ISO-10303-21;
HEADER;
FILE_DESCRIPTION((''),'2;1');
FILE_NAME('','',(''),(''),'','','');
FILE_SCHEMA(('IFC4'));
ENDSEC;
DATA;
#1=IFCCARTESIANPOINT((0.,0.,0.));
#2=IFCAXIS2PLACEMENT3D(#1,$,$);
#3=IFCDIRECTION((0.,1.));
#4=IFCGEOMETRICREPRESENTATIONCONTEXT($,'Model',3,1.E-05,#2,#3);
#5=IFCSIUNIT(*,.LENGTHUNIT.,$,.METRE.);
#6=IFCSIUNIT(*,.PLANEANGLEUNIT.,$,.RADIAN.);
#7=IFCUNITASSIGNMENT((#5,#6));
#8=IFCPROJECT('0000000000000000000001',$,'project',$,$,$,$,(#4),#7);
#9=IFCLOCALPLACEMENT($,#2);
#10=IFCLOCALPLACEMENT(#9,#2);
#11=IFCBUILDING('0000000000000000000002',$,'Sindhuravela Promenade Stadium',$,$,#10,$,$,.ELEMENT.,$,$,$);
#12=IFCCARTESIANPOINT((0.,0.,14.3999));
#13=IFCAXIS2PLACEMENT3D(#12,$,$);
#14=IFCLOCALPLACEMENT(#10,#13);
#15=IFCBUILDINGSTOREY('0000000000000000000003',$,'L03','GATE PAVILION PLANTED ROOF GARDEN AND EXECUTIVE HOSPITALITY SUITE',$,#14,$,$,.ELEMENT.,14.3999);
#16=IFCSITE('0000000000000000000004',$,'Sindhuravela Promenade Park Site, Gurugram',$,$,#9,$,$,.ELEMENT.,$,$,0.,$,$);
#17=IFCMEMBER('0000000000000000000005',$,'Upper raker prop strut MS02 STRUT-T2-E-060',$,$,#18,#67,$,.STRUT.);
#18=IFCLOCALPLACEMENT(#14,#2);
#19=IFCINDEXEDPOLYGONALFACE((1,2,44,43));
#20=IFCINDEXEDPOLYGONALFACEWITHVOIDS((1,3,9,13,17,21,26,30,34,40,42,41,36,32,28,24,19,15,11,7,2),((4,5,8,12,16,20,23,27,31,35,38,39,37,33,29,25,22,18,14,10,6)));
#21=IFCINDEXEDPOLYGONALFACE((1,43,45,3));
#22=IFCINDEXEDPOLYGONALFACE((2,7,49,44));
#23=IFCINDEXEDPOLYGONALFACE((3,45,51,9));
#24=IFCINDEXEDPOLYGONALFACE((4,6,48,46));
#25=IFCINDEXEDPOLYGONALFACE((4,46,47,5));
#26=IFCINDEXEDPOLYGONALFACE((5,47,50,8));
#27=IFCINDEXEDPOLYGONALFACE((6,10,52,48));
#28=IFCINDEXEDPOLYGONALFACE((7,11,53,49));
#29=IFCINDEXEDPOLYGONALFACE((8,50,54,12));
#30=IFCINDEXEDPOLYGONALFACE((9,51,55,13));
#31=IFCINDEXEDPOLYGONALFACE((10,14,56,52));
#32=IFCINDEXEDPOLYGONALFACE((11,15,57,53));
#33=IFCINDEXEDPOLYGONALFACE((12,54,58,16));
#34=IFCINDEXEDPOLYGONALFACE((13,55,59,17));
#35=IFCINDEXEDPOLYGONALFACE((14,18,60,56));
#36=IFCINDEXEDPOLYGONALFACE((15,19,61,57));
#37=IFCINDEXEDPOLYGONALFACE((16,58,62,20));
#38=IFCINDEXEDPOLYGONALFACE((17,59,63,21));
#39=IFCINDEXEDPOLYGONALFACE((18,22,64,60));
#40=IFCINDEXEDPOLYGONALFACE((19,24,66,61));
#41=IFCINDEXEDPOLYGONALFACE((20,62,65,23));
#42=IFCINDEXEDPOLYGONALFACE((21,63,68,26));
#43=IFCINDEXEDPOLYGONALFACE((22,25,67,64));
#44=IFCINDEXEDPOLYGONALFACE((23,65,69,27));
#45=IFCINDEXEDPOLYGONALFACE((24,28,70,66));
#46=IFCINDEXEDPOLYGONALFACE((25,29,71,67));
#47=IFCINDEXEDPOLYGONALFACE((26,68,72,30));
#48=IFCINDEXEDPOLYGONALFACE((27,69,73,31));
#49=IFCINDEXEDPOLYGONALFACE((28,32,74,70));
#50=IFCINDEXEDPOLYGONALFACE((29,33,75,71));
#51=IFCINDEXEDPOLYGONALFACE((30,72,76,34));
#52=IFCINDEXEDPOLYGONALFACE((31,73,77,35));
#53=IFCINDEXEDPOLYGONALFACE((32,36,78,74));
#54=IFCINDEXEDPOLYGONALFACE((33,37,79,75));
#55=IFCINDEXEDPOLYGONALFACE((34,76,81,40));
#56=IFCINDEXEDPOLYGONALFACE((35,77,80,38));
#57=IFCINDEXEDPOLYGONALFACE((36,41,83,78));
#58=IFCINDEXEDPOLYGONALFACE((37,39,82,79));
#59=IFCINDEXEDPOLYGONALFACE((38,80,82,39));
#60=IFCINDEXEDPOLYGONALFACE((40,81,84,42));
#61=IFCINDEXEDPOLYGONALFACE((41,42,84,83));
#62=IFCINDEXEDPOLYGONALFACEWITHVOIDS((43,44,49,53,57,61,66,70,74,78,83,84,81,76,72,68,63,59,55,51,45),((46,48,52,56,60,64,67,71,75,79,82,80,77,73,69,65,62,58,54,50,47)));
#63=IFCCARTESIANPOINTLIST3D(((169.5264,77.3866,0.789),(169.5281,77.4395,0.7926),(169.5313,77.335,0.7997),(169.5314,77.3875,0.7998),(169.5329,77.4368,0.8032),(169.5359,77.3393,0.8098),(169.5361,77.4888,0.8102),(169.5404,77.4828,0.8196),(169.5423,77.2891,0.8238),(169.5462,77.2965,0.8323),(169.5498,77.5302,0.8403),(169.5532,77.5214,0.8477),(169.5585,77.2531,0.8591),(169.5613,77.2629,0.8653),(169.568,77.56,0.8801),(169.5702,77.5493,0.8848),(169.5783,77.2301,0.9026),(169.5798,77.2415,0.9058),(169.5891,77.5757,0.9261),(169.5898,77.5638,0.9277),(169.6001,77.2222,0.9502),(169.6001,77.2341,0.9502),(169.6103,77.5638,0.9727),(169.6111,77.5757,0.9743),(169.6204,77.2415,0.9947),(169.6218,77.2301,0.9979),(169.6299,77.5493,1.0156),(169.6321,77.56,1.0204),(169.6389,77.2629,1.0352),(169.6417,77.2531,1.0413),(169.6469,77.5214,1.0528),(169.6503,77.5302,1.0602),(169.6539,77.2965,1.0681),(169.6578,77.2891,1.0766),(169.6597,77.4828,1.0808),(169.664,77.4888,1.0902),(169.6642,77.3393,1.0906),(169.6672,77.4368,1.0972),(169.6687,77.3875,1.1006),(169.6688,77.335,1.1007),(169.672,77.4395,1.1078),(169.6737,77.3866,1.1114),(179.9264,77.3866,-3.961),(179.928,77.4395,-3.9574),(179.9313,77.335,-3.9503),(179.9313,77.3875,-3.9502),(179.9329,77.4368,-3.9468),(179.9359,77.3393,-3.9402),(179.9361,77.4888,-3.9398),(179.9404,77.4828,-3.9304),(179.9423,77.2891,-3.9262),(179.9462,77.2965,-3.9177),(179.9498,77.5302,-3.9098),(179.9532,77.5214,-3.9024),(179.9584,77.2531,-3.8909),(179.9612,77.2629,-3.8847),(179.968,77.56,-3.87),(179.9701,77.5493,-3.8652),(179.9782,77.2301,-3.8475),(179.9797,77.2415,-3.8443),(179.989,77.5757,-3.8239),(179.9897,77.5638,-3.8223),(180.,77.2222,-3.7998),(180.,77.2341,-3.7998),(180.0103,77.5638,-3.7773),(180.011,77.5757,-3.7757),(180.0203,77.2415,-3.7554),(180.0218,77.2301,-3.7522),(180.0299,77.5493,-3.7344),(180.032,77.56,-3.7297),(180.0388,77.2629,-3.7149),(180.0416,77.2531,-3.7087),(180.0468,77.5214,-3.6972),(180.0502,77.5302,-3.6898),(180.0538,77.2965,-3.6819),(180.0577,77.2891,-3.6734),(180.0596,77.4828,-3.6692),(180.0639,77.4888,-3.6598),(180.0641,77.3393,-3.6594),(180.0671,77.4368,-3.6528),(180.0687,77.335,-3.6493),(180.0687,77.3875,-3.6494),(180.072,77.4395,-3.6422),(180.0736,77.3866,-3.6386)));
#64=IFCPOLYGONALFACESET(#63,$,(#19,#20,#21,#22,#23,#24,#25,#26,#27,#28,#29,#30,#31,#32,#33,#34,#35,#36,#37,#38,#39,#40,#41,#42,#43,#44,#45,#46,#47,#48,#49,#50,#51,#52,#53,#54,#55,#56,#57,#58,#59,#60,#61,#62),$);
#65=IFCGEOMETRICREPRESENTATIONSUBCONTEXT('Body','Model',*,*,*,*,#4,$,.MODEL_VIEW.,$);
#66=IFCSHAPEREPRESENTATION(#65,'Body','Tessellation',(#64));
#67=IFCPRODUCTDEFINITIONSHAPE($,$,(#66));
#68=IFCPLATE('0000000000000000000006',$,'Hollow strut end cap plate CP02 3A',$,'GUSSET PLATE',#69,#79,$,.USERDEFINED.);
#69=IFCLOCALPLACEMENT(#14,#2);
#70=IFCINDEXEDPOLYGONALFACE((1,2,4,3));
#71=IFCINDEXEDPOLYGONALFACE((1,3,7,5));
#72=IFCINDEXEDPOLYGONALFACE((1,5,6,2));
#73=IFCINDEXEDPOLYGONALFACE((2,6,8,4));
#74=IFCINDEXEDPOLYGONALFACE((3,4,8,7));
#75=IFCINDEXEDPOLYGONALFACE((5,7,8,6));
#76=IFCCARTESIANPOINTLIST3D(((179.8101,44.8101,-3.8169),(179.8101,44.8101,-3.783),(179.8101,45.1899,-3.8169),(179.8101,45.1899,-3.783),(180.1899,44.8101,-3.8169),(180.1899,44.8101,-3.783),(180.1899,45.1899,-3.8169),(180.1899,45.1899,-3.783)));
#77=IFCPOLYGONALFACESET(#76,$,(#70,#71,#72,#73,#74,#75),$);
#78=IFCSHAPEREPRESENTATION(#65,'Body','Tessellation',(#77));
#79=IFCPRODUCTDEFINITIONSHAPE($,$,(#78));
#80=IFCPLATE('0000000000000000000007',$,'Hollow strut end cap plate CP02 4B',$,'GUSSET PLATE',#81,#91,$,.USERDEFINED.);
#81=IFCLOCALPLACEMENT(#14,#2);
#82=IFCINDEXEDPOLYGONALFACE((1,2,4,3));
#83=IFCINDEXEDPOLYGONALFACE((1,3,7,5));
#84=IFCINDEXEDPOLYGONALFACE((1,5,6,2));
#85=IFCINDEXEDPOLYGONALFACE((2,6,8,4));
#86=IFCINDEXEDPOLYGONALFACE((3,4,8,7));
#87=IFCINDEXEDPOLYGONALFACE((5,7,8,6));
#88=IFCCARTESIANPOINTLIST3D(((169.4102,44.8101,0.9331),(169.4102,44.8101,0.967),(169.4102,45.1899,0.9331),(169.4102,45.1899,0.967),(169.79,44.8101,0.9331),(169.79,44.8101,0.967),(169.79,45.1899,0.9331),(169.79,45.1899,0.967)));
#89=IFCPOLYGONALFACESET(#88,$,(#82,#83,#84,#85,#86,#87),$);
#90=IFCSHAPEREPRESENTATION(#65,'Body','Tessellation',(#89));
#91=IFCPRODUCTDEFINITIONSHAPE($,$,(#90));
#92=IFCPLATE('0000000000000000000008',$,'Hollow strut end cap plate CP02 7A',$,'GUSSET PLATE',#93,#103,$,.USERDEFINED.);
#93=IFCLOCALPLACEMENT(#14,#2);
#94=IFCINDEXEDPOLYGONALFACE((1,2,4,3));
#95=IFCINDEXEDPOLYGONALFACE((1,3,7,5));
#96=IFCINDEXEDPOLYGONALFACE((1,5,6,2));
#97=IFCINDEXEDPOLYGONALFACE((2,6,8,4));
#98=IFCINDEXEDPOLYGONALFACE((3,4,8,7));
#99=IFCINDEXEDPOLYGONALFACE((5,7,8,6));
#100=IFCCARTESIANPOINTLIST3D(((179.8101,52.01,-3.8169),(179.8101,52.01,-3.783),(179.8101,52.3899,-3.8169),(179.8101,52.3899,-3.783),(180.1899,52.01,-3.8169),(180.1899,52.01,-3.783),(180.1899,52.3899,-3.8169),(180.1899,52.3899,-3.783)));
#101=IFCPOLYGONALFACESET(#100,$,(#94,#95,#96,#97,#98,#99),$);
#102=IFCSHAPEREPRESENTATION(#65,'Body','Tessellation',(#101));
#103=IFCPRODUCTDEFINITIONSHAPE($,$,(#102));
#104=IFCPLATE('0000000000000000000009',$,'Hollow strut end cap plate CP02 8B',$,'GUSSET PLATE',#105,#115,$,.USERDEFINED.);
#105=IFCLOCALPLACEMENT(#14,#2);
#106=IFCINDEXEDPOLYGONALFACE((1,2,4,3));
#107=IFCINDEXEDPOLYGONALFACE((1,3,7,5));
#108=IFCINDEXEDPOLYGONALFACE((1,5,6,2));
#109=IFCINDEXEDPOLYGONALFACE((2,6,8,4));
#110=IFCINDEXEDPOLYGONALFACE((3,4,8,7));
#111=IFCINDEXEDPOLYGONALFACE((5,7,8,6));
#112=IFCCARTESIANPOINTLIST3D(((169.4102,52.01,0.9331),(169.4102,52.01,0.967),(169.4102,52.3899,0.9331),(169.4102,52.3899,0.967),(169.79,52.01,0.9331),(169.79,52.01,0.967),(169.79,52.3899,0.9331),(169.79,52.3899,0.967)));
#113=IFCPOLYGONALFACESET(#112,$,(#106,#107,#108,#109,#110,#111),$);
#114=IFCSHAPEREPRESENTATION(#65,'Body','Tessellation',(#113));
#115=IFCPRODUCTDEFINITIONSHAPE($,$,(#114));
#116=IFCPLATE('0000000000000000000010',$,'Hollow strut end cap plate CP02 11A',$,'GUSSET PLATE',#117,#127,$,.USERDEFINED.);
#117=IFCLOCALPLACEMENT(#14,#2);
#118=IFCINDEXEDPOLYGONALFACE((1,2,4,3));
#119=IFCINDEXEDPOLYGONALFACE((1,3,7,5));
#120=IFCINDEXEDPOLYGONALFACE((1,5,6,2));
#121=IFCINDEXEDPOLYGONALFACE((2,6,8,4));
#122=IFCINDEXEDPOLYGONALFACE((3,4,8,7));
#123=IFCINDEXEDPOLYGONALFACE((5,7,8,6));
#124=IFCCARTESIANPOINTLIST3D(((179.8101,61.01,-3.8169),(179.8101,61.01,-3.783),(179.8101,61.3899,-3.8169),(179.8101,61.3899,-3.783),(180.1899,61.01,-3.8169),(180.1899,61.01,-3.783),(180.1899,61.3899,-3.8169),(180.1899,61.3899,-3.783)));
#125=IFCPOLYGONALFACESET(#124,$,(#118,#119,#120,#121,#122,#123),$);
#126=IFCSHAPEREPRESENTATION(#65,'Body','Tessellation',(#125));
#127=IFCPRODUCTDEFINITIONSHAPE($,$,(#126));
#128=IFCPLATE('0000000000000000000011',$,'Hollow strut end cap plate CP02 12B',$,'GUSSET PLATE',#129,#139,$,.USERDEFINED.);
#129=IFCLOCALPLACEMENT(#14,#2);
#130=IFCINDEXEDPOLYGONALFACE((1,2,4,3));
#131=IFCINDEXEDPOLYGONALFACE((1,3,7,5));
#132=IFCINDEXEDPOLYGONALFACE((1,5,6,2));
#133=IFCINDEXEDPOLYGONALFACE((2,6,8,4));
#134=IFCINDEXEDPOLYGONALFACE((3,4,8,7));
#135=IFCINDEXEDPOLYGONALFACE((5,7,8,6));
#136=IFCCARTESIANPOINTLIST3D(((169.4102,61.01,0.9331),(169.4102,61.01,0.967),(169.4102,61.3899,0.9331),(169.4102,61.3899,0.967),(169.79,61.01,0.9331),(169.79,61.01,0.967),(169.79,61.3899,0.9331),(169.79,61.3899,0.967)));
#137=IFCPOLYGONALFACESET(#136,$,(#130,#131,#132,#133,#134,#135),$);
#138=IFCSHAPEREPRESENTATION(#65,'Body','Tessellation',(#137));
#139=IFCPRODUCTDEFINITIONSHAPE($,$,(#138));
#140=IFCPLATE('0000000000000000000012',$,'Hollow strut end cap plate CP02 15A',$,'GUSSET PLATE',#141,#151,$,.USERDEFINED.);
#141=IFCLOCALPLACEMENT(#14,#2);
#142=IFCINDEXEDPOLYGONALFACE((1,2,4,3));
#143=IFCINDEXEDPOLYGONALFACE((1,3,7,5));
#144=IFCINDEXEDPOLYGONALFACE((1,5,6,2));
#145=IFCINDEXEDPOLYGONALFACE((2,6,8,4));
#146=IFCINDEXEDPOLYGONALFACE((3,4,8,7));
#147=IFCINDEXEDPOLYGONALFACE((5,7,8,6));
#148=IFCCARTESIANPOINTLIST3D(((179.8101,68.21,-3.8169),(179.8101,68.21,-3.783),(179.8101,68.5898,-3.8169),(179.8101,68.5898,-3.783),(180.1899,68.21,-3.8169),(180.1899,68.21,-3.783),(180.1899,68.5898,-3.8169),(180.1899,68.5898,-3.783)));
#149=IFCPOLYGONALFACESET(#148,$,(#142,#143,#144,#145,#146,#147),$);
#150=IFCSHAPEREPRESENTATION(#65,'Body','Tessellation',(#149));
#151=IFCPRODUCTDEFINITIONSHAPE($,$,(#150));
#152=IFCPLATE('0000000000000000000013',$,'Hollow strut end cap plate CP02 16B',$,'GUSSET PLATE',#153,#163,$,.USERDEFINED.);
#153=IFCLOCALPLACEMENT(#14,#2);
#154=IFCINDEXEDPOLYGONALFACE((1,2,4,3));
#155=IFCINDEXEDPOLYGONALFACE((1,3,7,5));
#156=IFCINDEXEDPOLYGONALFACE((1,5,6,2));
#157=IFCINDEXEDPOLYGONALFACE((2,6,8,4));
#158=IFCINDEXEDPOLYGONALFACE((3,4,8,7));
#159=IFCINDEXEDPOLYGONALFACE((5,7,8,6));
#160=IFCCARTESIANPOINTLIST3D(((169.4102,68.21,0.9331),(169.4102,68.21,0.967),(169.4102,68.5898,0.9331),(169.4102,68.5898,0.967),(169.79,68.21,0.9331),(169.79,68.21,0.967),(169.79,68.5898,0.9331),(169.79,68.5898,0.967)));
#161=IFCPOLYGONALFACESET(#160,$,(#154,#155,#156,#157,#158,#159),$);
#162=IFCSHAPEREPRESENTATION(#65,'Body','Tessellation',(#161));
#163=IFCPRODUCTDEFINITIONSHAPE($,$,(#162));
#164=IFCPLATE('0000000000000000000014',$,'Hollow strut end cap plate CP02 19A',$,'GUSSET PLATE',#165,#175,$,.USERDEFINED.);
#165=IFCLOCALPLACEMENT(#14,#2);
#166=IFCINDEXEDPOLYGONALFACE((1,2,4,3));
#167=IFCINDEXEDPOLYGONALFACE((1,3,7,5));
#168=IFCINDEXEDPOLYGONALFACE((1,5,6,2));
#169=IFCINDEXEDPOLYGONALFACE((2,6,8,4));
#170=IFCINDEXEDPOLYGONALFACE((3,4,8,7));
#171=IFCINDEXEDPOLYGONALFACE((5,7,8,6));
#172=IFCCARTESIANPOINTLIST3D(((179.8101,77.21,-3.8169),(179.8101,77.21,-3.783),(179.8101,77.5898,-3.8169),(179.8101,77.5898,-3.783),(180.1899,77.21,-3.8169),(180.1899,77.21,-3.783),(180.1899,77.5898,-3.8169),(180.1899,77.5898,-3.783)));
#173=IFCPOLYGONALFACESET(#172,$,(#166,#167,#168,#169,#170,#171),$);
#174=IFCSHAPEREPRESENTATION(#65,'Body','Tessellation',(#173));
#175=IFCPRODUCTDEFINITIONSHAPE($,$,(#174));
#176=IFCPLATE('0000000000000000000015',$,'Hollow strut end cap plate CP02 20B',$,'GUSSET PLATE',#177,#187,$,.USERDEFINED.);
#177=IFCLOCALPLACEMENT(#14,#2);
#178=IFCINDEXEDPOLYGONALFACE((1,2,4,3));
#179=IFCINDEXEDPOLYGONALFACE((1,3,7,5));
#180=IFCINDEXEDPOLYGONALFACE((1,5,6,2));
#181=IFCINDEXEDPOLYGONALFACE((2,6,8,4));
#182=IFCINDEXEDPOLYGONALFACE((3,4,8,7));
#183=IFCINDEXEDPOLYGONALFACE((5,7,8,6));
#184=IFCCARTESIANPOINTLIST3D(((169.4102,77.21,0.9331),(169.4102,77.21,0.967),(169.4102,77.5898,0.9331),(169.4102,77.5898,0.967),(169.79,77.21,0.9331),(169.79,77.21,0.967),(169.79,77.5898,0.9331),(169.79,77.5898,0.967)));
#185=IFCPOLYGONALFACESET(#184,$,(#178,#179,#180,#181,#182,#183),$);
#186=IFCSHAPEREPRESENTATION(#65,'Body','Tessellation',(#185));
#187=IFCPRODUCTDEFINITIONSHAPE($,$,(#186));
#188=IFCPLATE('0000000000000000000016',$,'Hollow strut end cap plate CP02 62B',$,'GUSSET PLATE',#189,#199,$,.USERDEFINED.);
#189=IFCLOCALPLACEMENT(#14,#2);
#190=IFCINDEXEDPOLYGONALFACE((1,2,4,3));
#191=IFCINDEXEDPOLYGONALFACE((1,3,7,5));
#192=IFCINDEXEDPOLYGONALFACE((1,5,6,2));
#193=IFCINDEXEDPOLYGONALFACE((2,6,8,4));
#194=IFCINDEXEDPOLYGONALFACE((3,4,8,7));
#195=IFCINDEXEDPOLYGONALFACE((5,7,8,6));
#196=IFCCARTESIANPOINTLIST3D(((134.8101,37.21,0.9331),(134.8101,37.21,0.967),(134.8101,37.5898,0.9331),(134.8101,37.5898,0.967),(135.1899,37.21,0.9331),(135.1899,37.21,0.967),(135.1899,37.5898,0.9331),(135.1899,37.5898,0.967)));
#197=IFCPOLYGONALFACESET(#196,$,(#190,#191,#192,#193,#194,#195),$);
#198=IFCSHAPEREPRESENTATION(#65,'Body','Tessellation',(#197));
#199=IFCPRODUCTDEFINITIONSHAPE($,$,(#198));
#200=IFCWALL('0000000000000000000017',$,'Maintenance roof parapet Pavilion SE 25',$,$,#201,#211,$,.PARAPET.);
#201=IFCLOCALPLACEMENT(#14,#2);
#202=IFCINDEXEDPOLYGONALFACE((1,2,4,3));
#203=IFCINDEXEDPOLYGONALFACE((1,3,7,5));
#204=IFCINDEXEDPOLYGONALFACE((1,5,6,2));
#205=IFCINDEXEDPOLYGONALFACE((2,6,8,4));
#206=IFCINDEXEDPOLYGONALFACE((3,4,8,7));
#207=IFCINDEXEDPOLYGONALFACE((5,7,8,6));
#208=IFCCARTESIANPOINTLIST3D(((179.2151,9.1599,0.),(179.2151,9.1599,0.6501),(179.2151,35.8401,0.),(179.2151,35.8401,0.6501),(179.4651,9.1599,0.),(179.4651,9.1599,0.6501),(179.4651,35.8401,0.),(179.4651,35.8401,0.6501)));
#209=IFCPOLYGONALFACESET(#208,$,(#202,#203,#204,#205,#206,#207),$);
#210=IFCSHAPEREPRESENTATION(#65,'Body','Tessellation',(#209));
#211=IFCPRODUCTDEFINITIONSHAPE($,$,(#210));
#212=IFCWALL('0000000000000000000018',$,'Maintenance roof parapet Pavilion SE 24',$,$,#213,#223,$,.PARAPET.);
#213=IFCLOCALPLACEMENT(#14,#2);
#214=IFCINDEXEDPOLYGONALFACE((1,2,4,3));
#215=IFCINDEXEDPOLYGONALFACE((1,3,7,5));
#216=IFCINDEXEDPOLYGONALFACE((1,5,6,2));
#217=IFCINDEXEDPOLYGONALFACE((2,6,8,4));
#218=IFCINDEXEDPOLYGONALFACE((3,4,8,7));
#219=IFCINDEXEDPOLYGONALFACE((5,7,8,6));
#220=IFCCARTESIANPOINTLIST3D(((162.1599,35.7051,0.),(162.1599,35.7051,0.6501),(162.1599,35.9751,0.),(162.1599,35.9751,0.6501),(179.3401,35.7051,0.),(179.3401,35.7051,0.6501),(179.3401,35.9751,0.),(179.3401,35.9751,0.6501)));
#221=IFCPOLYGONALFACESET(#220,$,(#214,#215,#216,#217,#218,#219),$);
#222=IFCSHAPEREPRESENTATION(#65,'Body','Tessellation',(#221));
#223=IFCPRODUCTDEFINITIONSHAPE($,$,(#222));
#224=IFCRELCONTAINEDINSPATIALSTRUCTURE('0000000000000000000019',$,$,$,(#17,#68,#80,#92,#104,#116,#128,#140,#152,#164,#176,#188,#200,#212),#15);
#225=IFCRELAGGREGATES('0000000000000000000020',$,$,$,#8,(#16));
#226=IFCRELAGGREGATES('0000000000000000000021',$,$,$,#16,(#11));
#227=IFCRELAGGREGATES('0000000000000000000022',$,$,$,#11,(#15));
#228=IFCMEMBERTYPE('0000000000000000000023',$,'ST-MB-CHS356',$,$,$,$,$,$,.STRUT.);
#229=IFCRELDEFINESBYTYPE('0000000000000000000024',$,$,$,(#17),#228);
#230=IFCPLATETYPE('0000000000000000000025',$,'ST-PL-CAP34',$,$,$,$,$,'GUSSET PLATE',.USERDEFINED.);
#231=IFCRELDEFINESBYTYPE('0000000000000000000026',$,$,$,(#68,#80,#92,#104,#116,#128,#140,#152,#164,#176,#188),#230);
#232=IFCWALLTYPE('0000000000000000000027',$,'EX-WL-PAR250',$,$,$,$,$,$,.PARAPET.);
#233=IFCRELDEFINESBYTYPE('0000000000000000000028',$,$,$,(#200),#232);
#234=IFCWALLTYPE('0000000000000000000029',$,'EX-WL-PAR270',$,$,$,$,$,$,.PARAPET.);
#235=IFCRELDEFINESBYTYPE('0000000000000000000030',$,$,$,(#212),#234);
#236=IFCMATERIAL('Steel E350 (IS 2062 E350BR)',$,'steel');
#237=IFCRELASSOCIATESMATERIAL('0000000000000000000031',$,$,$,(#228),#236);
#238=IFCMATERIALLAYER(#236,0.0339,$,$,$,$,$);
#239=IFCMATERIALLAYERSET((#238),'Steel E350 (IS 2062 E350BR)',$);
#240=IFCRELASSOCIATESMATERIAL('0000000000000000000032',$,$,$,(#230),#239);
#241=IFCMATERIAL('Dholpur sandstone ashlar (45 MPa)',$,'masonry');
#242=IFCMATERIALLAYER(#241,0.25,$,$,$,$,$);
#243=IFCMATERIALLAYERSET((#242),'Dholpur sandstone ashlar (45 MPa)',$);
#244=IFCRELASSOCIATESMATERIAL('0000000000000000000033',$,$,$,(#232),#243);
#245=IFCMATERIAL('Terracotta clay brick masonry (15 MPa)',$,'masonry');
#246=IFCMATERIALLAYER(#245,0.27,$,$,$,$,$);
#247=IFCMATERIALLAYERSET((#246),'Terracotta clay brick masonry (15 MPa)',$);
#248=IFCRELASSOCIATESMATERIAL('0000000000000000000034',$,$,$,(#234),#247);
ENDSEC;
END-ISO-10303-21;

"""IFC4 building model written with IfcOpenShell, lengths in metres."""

from ifc_helpers import new_model, si_unit, direction, frame, frame_2d, origin, origin_2d, place, context, subcontext, project, spatial, rectangle, hollow_circle, extrude, material, layer, layer_set, material_profile, profile_set, type_object, element, save


model = new_model("IFC4")

# Units and contexts
model_context = context("Model", 3, precision=1e-05, world=origin(), true_north=direction((0.0, 1.0)))
body_context = subcontext(model_context, "Body", "Model", "MODEL_VIEW")
ifc_project = project(units=[si_unit("LENGTHUNIT", "METRE"), si_unit("PLANEANGLEUNIT", "RADIAN")], contexts=[model_context])

# Site, building, storey
site_placement = place(None, origin())
site = spatial("IfcSite", under=ifc_project, at=site_placement, Name="Sindhuravela Promenade Park Site, Gurugram", CompositionType="ELEMENT", RefElevation=0.0)
building_placement = place(site_placement, origin())
building = spatial("IfcBuilding", under=site, at=building_placement, Name="Sindhuravela Promenade Stadium", CompositionType="ELEMENT")
storey_placement = place(building_placement, frame((0.0, 0.0, 14.3999)))
storey = spatial("IfcBuildingStorey", under=building, at=storey_placement, Name="L03", Description="GATE PAVILION PLANTED ROOF GARDEN AND EXECUTIVE HOSPITALITY SUITE", CompositionType="ELEMENT", Elevation=14.3999)

# Member
ifc_material_1 = material(Name="Steel E350 (IS 2062 E350BR)", Category="steel")
ifc_material_profile_1 = material_profile(ifc_material_1, hollow_circle(Radius=0.1777, WallThickness=0.012, at=origin_2d()), Name="CHS 355.6x12")
ifc_profile_set_1 = profile_set([ifc_material_profile_1], Name="Steel E350 (IS 2062 E350BR)")
member_type = type_object("IfcMemberType", Name="ST-MB-CHS356", PredefinedType="STRUT", material=ifc_profile_set_1)
for number, where, z_axis, x_axis, name in (
    (1, (180.0, 77.3999, -3.7998), (-0.909615, 0.0, 0.415453), (0.0, -1.0, 0.0), "Upper raker prop strut MS02 STRUT-T2-E-060"),
):
    element("IfcMember", number, at=place(storey_placement, frame(where, z_axis=z_axis, x_axis=x_axis)), inside=storey, type_object=member_type, Name=name, PredefinedType="STRUT", context=body_context, shape_type="SweptSolid", body=[
        extrude(hollow_circle(Radius=0.1777, WallThickness=0.012, at=origin_2d()), origin(), (0.0, 0.0, 1.0), 11.4333),
    ])

# Plates
ifc_layer_1 = layer(ifc_material_1, 0.0339)
ifc_layer_set_1 = layer_set([ifc_layer_1], Name="Steel E350 (IS 2062 E350BR)")
plate_type = type_object("IfcPlateType", Name="ST-PL-CAP34", ElementType="GUSSET PLATE", PredefinedType="USERDEFINED", material=ifc_layer_set_1)
for number, where, z_axis, x_axis, name in (
    (2, (180.0, 45.0, -3.8169), (0.0, 0.0, 1.0), (1.0, 0.0, 0.0), "Hollow strut end cap plate CP02 3A"),
    (3, (169.6001, 45.0, 0.9331), (0.0, 0.0, 1.0), (1.0, 0.0, 0.0), "Hollow strut end cap plate CP02 4B"),
    (4, (180.0, 52.2, -3.8169), (0.0, 0.0, 1.0), (1.0, 0.0, 0.0), "Hollow strut end cap plate CP02 7A"),
    (5, (169.6001, 52.2, 0.9331), (0.0, 0.0, 1.0), (1.0, 0.0, 0.0), "Hollow strut end cap plate CP02 8B"),
    (6, (180.0, 61.2, -3.8169), (0.0, 0.0, 1.0), (1.0, 0.0, 0.0), "Hollow strut end cap plate CP02 11A"),
    (7, (169.6001, 61.2, 0.9331), (0.0, 0.0, 1.0), (1.0, 0.0, 0.0), "Hollow strut end cap plate CP02 12B"),
    (8, (180.0, 68.3999, -3.8169), (0.0, 0.0, 1.0), (1.0, 0.0, 0.0), "Hollow strut end cap plate CP02 15A"),
    (9, (169.6001, 68.3999, 0.9331), (0.0, 0.0, 1.0), (1.0, 0.0, 0.0), "Hollow strut end cap plate CP02 16B"),
    (10, (180.0, 77.3999, -3.8169), (0.0, 0.0, 1.0), (1.0, 0.0, 0.0), "Hollow strut end cap plate CP02 19A"),
    (11, (169.6001, 77.3999, 0.9331), (0.0, 0.0, 1.0), (1.0, 0.0, 0.0), "Hollow strut end cap plate CP02 20B"),
    (12, (135.0, 37.3999, 0.9331), (0.0, 0.0, 1.0), (1.0, 0.0, 0.0), "Hollow strut end cap plate CP02 62B"),
):
    element("IfcPlate", number, at=place(storey_placement, frame(where, z_axis=z_axis, x_axis=x_axis)), inside=storey, type_object=plate_type, Name=name, ObjectType="GUSSET PLATE", PredefinedType="USERDEFINED", context=body_context, shape_type="SweptSolid", body=[
        extrude(rectangle(XDim=0.3799, YDim=0.3799, at=origin_2d()), origin(), (0.0, 0.0, 1.0), 0.0339),
    ])

# Walls
ifc_material_2 = material(Name="Dholpur sandstone ashlar (45 MPa)", Category="masonry")
ifc_layer_2 = layer(ifc_material_2, 0.25)
ifc_layer_set_2 = layer_set([ifc_layer_2], Name="Dholpur sandstone ashlar (45 MPa)")
wall_type_1 = type_object("IfcWallType", Name="EX-WL-PAR250", PredefinedType="PARAPET", material=ifc_layer_set_2)
wall_1_placement = place(storey_placement, frame((179.3401, 35.8401, 0.0), z_axis=(0.0, 0.0, 1.0), x_axis=(0.0, -1.0, 0.0)))
element("IfcWall", 13, at=wall_1_placement, inside=storey, type_object=wall_type_1, Name="Maintenance roof parapet Pavilion SE 25", PredefinedType="PARAPET", context=body_context, shape_type="SweptSolid", body=[
    extrude(rectangle(XDim=26.6802, YDim=0.25, at=frame_2d((13.3401, 0.0))), origin(), (0.0, 0.0, 1.0), 0.6501),
])
ifc_material_3 = material(Name="Terracotta clay brick masonry (15 MPa)", Category="masonry")
ifc_layer_3 = layer(ifc_material_3, 0.27)
ifc_layer_set_3 = layer_set([ifc_layer_3], Name="Terracotta clay brick masonry (15 MPa)")
wall_type_2 = type_object("IfcWallType", Name="EX-WL-PAR270", PredefinedType="PARAPET", material=ifc_layer_set_3)
wall_2_placement = place(storey_placement, frame((162.1599, 35.8401, 0.0), z_axis=(0.0, 0.0, 1.0), x_axis=(1.0, 0.0, 0.0)))
element("IfcWall", 14, at=wall_2_placement, inside=storey, type_object=wall_type_2, Name="Maintenance roof parapet Pavilion SE 24", PredefinedType="PARAPET", context=body_context, shape_type="SweptSolid", body=[
    extrude(rectangle(XDim=17.1802, YDim=0.27, at=frame_2d((8.5901, 0.0))), origin(), (0.0, 0.0, 1.0), 0.6501),
])

save(model, "model.ifc")
